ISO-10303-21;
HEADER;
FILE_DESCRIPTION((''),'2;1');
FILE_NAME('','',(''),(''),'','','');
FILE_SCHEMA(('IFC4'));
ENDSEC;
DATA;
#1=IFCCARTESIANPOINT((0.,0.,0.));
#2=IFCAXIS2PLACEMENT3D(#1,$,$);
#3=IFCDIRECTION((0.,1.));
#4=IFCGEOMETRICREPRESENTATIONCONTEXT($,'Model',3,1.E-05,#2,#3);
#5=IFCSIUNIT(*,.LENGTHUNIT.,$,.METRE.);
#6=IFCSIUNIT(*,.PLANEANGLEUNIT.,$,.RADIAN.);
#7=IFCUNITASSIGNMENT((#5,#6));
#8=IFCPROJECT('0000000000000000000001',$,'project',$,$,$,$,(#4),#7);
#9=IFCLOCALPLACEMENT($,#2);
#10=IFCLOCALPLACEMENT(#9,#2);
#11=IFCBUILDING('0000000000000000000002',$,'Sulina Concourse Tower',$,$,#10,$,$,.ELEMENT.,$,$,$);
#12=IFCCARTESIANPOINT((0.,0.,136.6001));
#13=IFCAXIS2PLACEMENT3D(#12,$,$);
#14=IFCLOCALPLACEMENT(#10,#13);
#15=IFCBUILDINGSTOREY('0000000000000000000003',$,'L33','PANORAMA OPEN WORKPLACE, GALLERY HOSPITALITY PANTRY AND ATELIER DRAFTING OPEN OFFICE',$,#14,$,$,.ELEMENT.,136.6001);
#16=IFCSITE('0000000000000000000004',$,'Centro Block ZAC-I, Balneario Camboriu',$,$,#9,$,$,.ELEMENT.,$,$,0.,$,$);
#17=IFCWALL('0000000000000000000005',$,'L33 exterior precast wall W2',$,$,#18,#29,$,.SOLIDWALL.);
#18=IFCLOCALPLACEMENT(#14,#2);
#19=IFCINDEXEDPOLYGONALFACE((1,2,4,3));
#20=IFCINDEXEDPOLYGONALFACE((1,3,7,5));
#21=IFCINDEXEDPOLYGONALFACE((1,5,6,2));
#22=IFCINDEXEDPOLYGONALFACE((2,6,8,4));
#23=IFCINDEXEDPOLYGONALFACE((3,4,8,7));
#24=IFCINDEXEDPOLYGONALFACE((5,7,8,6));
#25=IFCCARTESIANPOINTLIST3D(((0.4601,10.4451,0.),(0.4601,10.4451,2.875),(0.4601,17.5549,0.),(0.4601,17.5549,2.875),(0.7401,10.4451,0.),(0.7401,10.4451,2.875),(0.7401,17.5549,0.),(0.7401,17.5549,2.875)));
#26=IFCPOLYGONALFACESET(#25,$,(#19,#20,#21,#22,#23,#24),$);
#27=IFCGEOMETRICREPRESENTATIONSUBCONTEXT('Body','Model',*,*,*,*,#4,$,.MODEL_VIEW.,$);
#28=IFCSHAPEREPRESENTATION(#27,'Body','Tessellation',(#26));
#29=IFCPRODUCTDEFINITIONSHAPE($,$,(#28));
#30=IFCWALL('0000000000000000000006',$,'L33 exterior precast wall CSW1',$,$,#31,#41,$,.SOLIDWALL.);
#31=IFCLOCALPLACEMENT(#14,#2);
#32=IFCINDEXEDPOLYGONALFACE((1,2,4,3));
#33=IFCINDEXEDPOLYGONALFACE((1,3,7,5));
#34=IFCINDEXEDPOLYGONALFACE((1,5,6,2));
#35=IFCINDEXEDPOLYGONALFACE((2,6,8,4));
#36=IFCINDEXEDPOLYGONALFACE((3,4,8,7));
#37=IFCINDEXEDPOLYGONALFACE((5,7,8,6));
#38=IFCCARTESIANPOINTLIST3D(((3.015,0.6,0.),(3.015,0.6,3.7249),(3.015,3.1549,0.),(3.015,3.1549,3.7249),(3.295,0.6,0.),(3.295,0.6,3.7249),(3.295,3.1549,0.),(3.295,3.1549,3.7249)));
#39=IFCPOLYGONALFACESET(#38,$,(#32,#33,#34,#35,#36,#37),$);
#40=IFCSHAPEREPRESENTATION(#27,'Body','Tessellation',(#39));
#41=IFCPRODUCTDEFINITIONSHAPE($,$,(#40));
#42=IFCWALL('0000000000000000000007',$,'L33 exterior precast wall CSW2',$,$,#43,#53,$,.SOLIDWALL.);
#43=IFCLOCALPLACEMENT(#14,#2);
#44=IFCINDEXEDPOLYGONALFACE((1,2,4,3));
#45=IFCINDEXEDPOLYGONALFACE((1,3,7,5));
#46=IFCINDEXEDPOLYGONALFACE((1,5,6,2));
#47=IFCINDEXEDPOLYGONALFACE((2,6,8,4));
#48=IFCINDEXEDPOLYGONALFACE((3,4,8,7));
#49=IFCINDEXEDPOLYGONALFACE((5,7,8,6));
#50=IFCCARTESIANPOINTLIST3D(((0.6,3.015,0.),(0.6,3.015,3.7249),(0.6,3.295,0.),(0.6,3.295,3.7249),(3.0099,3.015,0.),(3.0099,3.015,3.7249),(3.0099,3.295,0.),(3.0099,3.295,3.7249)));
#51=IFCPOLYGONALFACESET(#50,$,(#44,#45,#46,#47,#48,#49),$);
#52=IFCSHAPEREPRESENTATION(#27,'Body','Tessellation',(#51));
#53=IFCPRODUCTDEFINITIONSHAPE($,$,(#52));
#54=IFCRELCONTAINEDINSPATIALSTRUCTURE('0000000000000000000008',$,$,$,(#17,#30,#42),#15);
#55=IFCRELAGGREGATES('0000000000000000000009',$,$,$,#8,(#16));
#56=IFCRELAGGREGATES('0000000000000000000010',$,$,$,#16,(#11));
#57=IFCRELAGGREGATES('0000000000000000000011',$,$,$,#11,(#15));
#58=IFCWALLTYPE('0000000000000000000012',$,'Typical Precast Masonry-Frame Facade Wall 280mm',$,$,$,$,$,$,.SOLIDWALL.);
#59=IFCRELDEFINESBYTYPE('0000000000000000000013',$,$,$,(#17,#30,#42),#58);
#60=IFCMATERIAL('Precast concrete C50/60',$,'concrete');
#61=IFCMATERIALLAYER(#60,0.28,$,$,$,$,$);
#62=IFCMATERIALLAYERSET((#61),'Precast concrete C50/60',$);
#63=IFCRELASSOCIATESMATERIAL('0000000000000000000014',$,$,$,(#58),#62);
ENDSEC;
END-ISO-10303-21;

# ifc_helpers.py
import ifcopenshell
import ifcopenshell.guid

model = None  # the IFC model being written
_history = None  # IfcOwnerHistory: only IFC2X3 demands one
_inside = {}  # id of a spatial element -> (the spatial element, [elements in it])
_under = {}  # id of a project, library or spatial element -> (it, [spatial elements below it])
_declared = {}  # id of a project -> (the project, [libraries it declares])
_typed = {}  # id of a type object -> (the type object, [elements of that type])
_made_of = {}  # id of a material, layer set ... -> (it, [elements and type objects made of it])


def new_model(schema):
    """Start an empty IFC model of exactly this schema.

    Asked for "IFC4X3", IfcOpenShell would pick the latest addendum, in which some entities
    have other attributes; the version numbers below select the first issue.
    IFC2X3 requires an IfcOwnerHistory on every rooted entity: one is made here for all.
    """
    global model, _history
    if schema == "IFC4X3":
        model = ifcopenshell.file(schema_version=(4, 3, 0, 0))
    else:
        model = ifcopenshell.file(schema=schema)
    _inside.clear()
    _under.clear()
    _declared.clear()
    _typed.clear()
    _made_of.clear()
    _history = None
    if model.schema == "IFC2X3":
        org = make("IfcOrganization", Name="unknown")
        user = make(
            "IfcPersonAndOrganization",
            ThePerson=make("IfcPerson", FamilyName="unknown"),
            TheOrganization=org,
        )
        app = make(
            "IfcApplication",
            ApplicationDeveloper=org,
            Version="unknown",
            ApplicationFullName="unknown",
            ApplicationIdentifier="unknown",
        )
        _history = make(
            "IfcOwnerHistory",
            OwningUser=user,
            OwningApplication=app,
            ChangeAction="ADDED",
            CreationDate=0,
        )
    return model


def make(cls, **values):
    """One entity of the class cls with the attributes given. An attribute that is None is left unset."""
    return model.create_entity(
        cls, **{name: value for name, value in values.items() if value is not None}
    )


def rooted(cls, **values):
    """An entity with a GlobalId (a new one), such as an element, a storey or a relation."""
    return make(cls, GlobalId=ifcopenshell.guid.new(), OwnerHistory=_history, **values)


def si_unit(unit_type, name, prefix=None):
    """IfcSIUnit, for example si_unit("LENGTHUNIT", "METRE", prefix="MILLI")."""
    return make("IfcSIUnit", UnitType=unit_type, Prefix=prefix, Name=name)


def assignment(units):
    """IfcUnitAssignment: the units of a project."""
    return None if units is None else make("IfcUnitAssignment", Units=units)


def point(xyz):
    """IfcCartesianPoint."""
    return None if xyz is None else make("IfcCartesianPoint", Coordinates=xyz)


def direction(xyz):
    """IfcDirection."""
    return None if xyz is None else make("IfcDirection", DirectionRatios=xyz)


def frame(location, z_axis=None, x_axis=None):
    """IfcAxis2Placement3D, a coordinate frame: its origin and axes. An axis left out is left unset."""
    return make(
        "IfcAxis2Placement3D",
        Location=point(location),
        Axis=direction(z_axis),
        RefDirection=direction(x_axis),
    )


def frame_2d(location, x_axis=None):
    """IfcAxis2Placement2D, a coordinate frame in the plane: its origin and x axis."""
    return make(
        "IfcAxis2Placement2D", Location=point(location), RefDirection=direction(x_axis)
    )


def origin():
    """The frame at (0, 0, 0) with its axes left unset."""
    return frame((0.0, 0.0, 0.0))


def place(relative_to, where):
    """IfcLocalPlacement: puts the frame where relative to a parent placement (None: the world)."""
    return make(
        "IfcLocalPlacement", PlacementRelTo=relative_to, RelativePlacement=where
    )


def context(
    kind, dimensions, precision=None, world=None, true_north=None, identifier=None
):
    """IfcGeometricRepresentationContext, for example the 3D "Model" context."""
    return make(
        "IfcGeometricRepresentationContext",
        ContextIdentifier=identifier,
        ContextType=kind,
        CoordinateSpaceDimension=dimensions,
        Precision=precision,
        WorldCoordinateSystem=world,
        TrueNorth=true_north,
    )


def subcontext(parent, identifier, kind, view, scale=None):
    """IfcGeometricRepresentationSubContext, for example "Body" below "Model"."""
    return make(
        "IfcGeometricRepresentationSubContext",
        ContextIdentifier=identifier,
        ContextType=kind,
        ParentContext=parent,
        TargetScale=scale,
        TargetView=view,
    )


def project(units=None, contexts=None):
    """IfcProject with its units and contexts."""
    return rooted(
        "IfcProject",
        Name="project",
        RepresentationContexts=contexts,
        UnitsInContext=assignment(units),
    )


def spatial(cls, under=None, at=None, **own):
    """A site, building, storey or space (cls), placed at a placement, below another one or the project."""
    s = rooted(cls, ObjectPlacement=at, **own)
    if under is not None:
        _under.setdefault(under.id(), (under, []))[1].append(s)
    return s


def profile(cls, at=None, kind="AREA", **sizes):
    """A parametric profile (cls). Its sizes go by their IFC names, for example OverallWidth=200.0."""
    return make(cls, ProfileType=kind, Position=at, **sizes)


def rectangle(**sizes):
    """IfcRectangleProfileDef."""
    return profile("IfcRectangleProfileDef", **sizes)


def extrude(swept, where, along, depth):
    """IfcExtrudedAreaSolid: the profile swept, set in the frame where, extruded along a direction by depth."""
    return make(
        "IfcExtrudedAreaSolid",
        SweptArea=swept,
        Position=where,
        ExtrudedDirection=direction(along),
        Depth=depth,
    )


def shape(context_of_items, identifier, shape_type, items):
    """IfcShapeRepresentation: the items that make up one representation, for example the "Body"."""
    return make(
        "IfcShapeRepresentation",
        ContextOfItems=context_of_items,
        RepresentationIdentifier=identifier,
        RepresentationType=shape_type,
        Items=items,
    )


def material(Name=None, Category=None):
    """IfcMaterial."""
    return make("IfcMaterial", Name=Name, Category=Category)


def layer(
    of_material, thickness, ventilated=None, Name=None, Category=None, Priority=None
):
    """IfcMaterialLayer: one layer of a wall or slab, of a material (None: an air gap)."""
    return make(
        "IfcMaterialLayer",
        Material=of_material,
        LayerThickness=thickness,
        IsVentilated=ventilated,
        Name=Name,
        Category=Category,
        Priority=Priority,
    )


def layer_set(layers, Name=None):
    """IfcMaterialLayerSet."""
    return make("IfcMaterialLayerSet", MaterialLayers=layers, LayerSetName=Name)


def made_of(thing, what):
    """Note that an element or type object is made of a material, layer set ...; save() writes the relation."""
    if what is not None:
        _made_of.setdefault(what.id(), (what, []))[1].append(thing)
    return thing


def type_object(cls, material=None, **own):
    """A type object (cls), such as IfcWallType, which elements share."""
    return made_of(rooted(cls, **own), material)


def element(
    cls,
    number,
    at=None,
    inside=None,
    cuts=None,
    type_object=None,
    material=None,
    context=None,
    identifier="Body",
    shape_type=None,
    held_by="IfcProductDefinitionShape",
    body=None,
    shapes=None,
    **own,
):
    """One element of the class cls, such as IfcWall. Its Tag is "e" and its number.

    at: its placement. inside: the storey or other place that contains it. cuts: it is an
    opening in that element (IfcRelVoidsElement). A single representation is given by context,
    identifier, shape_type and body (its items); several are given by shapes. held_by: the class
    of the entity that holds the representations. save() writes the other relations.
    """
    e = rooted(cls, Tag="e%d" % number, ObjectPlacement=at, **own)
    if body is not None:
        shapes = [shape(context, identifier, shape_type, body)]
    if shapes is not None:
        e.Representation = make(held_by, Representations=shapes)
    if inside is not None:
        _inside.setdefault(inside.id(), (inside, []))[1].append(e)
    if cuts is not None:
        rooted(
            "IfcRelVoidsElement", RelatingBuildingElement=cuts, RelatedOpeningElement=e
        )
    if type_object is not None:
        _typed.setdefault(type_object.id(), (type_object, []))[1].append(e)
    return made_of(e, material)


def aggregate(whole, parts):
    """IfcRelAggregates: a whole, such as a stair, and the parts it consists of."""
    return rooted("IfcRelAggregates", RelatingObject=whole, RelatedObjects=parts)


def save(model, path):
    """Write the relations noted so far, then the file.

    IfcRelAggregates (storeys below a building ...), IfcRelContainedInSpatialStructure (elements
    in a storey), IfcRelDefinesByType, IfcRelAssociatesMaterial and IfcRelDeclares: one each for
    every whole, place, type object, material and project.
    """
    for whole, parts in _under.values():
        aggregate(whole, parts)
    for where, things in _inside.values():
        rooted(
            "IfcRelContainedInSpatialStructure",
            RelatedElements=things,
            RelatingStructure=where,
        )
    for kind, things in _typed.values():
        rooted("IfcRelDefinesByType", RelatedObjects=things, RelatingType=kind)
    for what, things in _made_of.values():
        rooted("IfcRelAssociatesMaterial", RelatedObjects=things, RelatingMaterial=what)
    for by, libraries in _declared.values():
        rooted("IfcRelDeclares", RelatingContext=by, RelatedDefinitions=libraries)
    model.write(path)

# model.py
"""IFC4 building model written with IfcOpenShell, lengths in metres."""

from ifc_helpers import new_model, si_unit, direction, frame, frame_2d, origin, place, context, subcontext, project, spatial, rectangle, extrude, material, layer, layer_set, type_object, element, save


model = new_model("IFC4")

# Units and contexts
model_context = context("Model", 3, precision=1e-05, world=origin(), true_north=direction((0.0, 1.0)))
body_context = subcontext(model_context, "Body", "Model", "MODEL_VIEW")
ifc_project = project(units=[si_unit("LENGTHUNIT", "METRE"), si_unit("PLANEANGLEUNIT", "RADIAN")], contexts=[model_context])

# Site, building, storey
site_placement = place(None, origin())
site = spatial("IfcSite", under=ifc_project, at=site_placement, Name="Centro Block ZAC-I, Balneario Camboriu", CompositionType="ELEMENT", RefElevation=0.0)
building_placement = place(site_placement, origin())
building = spatial("IfcBuilding", under=site, at=building_placement, Name="Sulina Concourse Tower", CompositionType="ELEMENT")
storey_placement = place(building_placement, frame((0.0, 0.0, 136.6001)))
storey = spatial("IfcBuildingStorey", under=building, at=storey_placement, Name="L33", Description="PANORAMA OPEN WORKPLACE, GALLERY HOSPITALITY PANTRY AND ATELIER DRAFTING OPEN OFFICE", CompositionType="ELEMENT", Elevation=136.6001)

# Shared definitions
ifc_material_1 = material(Name="Precast concrete C50/60", Category="concrete")
ifc_layer_1 = layer(ifc_material_1, 0.28)
ifc_layer_set_1 = layer_set([ifc_layer_1], Name="Precast concrete C50/60")
wall_type_1 = type_object("IfcWallType", Name="Typical Precast Masonry-Frame Facade Wall 280mm", PredefinedType="SOLIDWALL", material=ifc_layer_set_1)

# Walls
wall_1_placement = place(storey_placement, frame((0.6001, 10.4451, 0.0), z_axis=(0.0, 0.0, 1.0), x_axis=(0.0, 1.0, 0.0)))
element("IfcWall", 1, at=wall_1_placement, inside=storey, type_object=wall_type_1, Name="L33 exterior precast wall W2", PredefinedType="SOLIDWALL", context=body_context, shape_type="SweptSolid", body=[
    extrude(rectangle(XDim=7.1099, YDim=0.28, at=frame_2d((3.5549, 0.0))), origin(), (0.0, 0.0, 1.0), 2.875),
])
wall_2_placement = place(storey_placement, frame((3.155, 0.6001, 0.0), z_axis=(0.0, 0.0, 1.0), x_axis=(0.0, 1.0, 0.0)))
element("IfcWall", 2, at=wall_2_placement, inside=storey, type_object=wall_type_1, Name="L33 exterior precast wall CSW1", PredefinedType="SOLIDWALL", context=body_context, shape_type="SweptSolid", body=[
    extrude(rectangle(XDim=2.5549, YDim=0.28, at=frame_2d((1.2773, 0.0))), origin(), (0.0, 0.0, 1.0), 3.7249),
])
wall_3_placement = place(storey_placement, frame((3.01, 3.155, 0.0), z_axis=(0.0, 0.0, 1.0), x_axis=(-1.0, 0.0, 0.0)))
element("IfcWall", 3, at=wall_3_placement, inside=storey, type_object=wall_type_1, Name="L33 exterior precast wall CSW2", PredefinedType="SOLIDWALL", context=body_context, shape_type="SweptSolid", body=[
    extrude(rectangle(XDim=2.4099, YDim=0.28, at=frame_2d((1.2051, 0.0))), origin(), (0.0, 0.0, 1.0), 3.7249),
])

save(model, "model.ifc")
